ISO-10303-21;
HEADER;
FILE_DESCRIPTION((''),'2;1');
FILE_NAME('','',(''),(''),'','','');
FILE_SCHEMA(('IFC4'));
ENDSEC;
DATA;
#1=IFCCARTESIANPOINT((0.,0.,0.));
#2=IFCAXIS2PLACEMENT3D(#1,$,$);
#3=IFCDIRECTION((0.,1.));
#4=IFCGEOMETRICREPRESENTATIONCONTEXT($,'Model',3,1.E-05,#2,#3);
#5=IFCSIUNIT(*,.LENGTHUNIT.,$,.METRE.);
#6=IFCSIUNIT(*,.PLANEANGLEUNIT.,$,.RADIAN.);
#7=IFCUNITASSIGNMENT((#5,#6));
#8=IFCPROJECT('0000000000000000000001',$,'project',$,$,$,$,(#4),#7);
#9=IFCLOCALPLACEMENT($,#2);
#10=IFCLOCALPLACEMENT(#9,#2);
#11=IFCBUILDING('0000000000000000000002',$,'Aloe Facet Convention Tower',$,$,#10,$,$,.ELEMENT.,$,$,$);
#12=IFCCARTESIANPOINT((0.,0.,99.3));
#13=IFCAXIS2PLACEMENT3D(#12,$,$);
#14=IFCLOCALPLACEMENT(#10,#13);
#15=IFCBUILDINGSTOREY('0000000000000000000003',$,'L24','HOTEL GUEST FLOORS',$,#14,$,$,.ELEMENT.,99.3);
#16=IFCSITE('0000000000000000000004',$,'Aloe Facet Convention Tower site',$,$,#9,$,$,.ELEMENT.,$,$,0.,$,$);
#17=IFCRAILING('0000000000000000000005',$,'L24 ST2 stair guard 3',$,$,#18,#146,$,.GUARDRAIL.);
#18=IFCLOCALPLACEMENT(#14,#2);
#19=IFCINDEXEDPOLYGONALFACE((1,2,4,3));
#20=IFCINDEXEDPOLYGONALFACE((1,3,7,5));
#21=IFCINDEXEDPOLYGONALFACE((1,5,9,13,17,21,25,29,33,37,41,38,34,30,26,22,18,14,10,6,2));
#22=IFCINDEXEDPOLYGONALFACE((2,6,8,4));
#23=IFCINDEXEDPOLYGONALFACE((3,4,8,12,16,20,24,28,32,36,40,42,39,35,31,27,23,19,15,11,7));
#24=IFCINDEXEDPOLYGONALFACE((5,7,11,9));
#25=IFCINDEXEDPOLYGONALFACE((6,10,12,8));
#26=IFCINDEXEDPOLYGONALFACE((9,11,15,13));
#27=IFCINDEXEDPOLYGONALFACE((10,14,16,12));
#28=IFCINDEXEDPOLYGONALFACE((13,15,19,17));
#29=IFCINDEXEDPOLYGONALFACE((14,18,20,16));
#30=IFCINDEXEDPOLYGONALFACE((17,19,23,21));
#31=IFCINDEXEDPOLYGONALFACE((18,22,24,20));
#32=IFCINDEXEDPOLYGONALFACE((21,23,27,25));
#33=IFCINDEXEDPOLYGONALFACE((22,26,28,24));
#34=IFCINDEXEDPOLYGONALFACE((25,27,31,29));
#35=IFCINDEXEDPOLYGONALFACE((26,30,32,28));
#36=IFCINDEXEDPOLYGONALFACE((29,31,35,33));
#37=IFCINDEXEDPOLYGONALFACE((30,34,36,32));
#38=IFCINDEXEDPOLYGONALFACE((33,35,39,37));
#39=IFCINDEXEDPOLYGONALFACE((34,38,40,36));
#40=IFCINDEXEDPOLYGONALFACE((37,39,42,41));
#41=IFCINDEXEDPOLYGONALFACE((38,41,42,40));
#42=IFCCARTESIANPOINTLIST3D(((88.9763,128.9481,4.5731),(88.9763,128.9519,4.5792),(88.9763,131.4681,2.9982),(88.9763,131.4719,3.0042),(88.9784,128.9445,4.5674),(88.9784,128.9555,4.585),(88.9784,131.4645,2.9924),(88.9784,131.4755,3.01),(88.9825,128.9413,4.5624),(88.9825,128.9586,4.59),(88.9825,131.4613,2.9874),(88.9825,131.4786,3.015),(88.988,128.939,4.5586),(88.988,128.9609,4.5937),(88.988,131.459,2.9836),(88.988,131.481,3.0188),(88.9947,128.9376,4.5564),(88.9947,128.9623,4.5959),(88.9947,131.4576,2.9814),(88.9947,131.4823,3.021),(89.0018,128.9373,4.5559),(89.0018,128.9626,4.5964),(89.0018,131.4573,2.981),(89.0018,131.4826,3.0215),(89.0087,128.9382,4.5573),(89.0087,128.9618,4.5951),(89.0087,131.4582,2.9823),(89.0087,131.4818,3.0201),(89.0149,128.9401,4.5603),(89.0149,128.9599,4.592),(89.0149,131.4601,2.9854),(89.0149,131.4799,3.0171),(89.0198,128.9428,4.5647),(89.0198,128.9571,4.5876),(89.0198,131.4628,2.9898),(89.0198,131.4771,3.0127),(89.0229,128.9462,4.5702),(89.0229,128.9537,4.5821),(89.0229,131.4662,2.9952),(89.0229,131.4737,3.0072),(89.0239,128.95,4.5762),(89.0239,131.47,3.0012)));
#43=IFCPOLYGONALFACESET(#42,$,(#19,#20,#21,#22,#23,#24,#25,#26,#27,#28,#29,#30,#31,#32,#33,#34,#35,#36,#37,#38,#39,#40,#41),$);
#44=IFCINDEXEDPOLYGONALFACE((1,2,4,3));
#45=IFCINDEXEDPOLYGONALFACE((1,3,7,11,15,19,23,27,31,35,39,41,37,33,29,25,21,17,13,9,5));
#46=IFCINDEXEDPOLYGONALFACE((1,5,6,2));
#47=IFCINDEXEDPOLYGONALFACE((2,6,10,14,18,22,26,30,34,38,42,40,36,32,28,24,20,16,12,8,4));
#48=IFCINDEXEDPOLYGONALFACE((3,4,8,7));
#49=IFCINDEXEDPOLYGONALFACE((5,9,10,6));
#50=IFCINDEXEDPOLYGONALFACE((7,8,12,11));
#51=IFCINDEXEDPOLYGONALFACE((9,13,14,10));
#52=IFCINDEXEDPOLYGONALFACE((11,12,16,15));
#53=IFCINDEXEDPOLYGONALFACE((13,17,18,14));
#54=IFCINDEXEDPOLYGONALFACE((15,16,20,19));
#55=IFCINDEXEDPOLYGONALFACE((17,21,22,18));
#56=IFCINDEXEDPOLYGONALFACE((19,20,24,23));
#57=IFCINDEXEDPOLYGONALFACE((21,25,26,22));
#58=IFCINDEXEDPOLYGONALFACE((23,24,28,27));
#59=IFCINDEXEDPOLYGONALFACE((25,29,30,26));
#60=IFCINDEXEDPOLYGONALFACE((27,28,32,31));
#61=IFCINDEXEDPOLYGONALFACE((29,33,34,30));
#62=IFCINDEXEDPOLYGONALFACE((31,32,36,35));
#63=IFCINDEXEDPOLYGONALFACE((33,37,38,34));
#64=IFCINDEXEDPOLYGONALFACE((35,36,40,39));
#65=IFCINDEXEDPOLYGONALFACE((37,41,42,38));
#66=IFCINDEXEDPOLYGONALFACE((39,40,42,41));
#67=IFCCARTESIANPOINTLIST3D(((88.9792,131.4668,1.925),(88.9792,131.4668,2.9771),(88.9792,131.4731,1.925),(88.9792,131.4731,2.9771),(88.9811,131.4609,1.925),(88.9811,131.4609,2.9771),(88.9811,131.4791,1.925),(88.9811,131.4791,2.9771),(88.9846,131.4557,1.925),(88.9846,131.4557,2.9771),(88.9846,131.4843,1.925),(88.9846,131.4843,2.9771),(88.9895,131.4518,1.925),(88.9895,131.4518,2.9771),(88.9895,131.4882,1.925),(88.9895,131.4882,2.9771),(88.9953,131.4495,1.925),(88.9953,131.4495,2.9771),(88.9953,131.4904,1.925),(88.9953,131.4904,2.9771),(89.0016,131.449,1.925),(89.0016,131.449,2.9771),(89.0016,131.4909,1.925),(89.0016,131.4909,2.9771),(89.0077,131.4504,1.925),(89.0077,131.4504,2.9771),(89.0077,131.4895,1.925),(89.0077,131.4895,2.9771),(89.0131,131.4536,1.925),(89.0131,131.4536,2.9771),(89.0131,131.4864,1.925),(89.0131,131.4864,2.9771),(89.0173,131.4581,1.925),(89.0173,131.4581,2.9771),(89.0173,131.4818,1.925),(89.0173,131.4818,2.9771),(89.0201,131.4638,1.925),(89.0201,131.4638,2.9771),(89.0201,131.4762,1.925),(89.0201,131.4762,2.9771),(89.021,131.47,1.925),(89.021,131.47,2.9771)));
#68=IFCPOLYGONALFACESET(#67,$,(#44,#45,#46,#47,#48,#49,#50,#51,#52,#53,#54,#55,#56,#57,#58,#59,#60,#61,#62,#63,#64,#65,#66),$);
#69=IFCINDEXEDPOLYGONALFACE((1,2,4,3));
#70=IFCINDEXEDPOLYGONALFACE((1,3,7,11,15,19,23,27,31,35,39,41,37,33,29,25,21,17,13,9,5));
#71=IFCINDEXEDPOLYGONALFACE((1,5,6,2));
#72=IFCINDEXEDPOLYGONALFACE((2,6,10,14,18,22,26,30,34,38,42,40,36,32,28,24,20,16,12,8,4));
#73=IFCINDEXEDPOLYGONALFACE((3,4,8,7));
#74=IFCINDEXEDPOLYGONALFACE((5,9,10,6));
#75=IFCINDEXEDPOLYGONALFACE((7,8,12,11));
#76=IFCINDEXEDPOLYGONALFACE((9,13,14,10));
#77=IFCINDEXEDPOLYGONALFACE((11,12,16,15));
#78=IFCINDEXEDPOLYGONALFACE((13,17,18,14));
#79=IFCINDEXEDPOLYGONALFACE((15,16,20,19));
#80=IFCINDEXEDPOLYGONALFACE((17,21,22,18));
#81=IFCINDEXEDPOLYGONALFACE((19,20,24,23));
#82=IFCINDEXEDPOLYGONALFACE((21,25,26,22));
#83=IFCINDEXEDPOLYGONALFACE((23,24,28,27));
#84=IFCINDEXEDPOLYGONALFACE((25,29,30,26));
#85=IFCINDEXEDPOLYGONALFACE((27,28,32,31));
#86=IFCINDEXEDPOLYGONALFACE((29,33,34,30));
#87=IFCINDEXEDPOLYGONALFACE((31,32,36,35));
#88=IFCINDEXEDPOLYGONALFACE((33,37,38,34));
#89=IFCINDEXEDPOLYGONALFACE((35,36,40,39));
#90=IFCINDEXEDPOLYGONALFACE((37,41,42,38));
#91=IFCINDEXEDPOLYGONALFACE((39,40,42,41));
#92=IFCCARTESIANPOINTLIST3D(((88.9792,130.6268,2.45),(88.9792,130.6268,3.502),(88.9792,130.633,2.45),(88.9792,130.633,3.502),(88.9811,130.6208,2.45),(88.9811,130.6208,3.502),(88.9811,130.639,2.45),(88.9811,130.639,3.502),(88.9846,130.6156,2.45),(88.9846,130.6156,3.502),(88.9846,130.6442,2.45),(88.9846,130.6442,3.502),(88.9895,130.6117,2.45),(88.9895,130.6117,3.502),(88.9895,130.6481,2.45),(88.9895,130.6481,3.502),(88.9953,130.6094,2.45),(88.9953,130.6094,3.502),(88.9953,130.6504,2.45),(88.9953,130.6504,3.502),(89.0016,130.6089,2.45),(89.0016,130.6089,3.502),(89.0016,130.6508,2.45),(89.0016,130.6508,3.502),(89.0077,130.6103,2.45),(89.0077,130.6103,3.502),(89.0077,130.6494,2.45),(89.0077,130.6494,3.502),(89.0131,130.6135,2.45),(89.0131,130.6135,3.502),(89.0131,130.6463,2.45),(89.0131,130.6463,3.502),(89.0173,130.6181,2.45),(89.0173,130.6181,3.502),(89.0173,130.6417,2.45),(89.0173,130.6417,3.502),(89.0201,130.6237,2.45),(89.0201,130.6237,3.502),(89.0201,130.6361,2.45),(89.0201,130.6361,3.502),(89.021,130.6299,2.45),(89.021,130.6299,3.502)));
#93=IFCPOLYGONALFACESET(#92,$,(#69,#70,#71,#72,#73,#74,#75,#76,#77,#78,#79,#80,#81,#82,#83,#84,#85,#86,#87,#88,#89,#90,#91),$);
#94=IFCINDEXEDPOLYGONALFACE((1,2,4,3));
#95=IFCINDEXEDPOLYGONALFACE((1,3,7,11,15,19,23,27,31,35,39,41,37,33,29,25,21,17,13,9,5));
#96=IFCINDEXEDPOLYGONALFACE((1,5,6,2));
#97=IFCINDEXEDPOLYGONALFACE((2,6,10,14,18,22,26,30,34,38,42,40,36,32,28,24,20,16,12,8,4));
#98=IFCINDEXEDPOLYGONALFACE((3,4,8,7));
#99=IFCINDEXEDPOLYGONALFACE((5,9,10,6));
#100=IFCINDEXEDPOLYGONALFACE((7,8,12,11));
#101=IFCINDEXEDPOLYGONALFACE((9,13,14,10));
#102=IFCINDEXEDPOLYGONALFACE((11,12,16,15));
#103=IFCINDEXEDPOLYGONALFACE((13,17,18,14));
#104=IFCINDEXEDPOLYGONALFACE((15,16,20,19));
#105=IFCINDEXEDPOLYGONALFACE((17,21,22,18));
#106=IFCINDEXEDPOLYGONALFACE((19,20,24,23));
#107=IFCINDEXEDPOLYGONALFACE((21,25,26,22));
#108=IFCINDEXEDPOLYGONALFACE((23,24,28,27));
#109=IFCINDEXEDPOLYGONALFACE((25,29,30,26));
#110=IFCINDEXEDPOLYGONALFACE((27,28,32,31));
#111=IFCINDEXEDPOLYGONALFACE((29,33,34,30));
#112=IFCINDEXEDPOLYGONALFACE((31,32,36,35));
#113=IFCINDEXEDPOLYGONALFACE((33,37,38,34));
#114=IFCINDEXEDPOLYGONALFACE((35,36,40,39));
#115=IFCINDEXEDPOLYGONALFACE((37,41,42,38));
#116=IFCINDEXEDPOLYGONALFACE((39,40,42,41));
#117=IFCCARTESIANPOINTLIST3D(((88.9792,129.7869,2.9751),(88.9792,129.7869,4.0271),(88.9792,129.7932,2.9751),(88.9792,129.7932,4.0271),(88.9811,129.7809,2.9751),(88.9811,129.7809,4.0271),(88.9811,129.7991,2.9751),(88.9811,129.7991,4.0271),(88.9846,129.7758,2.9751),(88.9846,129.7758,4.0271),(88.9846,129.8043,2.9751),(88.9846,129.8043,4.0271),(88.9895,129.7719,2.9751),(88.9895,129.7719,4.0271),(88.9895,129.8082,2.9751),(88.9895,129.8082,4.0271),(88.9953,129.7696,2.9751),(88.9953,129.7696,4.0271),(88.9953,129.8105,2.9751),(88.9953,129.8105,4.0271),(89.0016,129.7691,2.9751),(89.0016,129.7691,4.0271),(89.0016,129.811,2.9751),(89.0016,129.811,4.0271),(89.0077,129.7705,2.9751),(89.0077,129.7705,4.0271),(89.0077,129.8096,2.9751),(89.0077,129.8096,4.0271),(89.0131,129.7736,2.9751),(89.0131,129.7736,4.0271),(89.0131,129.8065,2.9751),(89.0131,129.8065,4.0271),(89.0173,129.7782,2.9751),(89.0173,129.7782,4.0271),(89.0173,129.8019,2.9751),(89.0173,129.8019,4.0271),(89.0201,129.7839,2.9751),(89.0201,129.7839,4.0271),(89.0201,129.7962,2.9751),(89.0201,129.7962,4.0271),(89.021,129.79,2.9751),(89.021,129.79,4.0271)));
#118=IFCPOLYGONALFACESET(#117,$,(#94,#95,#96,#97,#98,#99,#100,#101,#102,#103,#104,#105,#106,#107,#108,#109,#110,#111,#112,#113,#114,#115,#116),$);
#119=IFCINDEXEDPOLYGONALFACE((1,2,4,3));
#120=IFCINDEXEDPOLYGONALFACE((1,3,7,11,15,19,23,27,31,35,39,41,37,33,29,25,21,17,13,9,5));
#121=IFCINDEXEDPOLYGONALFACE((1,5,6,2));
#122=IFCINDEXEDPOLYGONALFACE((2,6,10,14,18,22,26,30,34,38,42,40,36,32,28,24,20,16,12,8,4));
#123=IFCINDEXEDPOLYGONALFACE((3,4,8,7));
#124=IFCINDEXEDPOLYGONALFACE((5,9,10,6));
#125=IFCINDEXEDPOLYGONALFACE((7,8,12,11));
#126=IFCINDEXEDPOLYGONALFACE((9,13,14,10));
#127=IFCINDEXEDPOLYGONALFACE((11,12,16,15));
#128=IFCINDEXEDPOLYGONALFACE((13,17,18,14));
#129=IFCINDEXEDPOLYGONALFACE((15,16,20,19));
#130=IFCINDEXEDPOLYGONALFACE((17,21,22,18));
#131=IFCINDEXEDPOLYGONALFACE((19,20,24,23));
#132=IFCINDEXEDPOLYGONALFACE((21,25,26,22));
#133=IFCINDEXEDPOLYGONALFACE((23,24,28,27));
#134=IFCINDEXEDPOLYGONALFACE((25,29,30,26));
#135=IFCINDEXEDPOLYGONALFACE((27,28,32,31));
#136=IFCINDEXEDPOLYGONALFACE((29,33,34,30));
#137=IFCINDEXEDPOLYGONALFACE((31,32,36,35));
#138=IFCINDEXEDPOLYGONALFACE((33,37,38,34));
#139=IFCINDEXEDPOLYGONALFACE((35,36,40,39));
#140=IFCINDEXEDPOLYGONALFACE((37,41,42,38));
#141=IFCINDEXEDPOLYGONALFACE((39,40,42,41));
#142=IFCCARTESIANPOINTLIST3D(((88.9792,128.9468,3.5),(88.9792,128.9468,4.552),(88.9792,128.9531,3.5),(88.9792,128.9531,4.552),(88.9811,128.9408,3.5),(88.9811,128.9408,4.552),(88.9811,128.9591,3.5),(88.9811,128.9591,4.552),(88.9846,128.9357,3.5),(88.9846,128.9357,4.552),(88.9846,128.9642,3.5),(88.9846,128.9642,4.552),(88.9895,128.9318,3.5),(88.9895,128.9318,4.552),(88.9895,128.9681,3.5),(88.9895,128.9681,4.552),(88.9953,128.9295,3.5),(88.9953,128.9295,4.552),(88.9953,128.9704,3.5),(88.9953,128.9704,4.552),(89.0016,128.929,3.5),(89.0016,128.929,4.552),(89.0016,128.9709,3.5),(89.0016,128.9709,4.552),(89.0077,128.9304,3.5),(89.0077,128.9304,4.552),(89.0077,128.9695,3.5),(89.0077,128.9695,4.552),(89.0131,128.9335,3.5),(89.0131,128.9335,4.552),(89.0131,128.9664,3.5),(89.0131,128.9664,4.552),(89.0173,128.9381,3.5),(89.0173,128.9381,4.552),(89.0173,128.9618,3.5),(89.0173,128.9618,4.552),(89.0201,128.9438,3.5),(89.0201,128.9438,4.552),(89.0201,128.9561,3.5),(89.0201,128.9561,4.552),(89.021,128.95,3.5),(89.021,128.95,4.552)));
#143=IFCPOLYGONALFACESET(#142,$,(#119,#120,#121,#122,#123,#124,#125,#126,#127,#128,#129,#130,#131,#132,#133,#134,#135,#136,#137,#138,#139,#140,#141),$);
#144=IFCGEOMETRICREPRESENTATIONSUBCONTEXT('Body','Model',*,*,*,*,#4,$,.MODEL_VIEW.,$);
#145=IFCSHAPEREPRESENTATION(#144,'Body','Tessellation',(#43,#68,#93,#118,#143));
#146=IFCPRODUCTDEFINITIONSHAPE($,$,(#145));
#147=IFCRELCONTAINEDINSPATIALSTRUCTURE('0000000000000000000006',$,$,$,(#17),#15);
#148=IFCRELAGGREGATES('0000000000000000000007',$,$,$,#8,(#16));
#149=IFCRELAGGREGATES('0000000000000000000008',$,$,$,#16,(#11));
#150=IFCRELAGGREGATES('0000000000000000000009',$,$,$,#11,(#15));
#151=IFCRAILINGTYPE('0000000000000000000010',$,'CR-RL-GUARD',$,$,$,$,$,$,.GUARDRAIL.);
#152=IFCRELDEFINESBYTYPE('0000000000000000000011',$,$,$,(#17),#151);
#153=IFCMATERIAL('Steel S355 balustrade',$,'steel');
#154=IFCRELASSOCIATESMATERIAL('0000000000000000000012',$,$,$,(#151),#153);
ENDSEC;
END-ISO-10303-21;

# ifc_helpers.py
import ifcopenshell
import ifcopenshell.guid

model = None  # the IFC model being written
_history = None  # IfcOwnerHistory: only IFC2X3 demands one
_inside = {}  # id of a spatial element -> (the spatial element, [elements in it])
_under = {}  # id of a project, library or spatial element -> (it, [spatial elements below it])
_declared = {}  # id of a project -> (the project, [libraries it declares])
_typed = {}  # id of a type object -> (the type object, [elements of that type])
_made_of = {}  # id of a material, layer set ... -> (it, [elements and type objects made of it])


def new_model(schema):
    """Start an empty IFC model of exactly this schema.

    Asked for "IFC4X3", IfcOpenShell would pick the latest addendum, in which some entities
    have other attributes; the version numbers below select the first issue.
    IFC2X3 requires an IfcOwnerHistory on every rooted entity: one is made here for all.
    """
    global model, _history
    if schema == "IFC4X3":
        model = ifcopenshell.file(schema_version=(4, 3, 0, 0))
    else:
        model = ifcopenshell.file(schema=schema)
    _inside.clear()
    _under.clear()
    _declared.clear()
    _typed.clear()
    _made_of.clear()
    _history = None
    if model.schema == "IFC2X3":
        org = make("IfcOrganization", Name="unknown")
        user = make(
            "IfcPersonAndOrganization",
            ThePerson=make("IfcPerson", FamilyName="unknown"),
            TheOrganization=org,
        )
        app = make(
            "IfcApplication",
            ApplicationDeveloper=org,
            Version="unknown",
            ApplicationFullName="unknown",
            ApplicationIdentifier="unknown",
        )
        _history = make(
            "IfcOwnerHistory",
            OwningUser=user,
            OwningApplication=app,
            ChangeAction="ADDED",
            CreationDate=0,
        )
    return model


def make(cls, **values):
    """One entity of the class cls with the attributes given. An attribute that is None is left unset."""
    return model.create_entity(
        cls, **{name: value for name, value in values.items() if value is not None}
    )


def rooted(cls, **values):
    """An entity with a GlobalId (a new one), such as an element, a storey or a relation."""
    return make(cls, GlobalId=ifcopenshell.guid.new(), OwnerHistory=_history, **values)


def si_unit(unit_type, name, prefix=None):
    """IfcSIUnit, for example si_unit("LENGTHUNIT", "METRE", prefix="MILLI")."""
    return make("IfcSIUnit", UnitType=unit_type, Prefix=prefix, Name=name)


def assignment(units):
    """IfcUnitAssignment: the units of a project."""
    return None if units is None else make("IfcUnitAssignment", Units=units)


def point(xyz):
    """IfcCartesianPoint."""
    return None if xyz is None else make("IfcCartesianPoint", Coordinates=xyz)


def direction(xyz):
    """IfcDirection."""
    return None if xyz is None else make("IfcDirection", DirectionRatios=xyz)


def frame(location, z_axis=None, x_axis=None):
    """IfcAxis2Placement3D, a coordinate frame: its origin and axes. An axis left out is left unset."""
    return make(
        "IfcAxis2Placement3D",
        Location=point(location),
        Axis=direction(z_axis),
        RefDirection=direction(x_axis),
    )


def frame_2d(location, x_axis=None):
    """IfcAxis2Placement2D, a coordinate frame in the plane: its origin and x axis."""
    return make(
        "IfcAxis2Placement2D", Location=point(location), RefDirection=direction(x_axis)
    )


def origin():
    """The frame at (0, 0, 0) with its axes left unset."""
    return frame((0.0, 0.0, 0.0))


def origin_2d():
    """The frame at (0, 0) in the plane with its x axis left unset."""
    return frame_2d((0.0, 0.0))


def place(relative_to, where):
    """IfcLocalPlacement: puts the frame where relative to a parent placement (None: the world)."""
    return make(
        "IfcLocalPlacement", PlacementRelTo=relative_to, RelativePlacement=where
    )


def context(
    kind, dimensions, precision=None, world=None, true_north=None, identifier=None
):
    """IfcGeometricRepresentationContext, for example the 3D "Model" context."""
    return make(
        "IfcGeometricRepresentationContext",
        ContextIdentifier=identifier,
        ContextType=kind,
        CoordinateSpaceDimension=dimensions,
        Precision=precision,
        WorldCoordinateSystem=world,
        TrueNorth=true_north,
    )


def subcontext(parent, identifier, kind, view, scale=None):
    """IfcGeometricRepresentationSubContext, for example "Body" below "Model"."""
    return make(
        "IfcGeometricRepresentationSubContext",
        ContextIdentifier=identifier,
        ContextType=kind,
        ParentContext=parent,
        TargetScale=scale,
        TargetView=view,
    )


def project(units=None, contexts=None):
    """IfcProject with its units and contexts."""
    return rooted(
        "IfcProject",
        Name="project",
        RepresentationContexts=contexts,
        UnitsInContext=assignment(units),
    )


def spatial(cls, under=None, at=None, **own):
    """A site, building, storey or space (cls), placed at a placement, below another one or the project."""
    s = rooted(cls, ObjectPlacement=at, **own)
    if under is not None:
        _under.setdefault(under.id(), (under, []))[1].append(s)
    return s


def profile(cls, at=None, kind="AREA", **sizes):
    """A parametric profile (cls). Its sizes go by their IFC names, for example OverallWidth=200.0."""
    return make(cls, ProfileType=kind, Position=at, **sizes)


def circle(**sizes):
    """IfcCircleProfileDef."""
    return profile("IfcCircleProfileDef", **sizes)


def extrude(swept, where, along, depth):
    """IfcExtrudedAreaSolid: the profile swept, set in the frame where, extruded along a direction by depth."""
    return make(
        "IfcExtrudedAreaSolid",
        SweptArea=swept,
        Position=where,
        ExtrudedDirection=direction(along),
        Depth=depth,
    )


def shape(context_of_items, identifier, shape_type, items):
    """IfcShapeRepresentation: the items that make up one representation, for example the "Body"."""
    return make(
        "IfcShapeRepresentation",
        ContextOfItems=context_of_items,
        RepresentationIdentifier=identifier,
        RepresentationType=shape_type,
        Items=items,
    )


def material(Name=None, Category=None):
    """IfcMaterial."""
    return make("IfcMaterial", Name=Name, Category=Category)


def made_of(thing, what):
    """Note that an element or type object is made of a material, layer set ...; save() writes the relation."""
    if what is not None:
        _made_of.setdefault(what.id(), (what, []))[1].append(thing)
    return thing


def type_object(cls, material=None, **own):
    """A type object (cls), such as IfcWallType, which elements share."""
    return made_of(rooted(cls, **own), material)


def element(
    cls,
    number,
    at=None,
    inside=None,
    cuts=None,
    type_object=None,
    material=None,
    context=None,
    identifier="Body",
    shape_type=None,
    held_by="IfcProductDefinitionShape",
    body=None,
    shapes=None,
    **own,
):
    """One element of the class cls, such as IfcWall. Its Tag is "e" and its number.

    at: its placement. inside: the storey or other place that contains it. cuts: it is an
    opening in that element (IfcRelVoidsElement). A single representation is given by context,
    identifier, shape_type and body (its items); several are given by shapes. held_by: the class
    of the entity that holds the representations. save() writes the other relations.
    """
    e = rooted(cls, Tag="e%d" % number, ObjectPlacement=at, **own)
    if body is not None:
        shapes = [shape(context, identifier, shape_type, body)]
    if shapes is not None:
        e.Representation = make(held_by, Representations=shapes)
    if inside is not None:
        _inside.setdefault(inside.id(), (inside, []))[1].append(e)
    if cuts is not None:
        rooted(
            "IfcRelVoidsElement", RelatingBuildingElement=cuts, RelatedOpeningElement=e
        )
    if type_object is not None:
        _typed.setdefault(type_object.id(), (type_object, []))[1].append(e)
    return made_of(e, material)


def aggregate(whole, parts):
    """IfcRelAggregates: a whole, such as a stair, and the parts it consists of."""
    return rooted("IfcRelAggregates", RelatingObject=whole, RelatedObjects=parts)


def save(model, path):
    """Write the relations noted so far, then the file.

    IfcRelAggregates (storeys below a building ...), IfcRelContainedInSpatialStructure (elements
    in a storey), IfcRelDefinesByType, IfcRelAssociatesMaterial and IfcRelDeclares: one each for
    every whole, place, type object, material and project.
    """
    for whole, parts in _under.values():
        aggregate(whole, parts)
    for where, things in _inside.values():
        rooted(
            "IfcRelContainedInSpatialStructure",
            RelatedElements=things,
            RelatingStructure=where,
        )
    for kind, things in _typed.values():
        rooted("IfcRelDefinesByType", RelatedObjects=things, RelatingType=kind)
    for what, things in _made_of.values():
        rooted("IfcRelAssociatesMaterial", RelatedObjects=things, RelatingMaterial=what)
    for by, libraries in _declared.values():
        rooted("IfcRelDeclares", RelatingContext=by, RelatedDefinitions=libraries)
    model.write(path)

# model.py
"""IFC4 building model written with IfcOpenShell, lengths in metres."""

from ifc_helpers import new_model, si_unit, direction, frame, origin, origin_2d, place, context, subcontext, project, spatial, circle, extrude, material, type_object, element, save


model = new_model("IFC4")

# Units and contexts
model_context = context("Model", 3, precision=1e-05, world=origin(), true_north=direction((0.0, 1.0)))
body_context = subcontext(model_context, "Body", "Model", "MODEL_VIEW")
ifc_project = project(units=[si_unit("LENGTHUNIT", "METRE"), si_unit("PLANEANGLEUNIT", "RADIAN")], contexts=[model_context])

# Site, building, storey
site_placement = place(None, origin())
site = spatial("IfcSite", under=ifc_project, at=site_placement, Name="Aloe Facet Convention Tower site", CompositionType="ELEMENT", RefElevation=0.0)
building_placement = place(site_placement, origin())
building = spatial("IfcBuilding", under=site, at=building_placement, Name="Aloe Facet Convention Tower", CompositionType="ELEMENT")
storey_placement = place(building_placement, frame((0.0, 0.0, 99.3)))
storey = spatial("IfcBuildingStorey", under=building, at=storey_placement, Name="L24", Description="HOTEL GUEST FLOORS", CompositionType="ELEMENT", Elevation=99.3)

# Railing
ifc_material_1 = material(Name="Steel S355 balustrade", Category="steel")
railing_type_1 = type_object("IfcRailingType", Name="CR-RL-GUARD", PredefinedType="GUARDRAIL", material=ifc_material_1)
railing_1_placement = place(storey_placement, frame((89.0, 131.47, 1.925)))
element("IfcRailing", 1, at=railing_1_placement, inside=storey, type_object=railing_type_1, Name="L24 ST2 stair guard 3", PredefinedType="GUARDRAIL", context=body_context, shape_type="SweptSolid", body=[
    extrude(circle(Radius=0.0239, at=origin_2d()), frame((0.0, 0.0, 1.0762), z_axis=(0.0, -0.848008, 0.529984), x_axis=(1.0, 0.0, 0.0)), (0.0, 0.0, 1.0), 2.9717),
    extrude(circle(Radius=0.021, at=origin_2d()), origin(), (0.0, 0.0, 1.0), 1.052),
    extrude(circle(Radius=0.021, at=origin_2d()), frame((0.0, -0.8401, 0.5249)), (0.0, 0.0, 1.0), 1.052),
    extrude(circle(Radius=0.021, at=origin_2d()), frame((0.0, -1.6799, 1.05)), (0.0, 0.0, 1.0), 1.052),
    extrude(circle(Radius=0.021, at=origin_2d()), frame((0.0, -2.52, 1.575)), (0.0, 0.0, 1.0), 1.052),
])

save(model, "model.ifc")
